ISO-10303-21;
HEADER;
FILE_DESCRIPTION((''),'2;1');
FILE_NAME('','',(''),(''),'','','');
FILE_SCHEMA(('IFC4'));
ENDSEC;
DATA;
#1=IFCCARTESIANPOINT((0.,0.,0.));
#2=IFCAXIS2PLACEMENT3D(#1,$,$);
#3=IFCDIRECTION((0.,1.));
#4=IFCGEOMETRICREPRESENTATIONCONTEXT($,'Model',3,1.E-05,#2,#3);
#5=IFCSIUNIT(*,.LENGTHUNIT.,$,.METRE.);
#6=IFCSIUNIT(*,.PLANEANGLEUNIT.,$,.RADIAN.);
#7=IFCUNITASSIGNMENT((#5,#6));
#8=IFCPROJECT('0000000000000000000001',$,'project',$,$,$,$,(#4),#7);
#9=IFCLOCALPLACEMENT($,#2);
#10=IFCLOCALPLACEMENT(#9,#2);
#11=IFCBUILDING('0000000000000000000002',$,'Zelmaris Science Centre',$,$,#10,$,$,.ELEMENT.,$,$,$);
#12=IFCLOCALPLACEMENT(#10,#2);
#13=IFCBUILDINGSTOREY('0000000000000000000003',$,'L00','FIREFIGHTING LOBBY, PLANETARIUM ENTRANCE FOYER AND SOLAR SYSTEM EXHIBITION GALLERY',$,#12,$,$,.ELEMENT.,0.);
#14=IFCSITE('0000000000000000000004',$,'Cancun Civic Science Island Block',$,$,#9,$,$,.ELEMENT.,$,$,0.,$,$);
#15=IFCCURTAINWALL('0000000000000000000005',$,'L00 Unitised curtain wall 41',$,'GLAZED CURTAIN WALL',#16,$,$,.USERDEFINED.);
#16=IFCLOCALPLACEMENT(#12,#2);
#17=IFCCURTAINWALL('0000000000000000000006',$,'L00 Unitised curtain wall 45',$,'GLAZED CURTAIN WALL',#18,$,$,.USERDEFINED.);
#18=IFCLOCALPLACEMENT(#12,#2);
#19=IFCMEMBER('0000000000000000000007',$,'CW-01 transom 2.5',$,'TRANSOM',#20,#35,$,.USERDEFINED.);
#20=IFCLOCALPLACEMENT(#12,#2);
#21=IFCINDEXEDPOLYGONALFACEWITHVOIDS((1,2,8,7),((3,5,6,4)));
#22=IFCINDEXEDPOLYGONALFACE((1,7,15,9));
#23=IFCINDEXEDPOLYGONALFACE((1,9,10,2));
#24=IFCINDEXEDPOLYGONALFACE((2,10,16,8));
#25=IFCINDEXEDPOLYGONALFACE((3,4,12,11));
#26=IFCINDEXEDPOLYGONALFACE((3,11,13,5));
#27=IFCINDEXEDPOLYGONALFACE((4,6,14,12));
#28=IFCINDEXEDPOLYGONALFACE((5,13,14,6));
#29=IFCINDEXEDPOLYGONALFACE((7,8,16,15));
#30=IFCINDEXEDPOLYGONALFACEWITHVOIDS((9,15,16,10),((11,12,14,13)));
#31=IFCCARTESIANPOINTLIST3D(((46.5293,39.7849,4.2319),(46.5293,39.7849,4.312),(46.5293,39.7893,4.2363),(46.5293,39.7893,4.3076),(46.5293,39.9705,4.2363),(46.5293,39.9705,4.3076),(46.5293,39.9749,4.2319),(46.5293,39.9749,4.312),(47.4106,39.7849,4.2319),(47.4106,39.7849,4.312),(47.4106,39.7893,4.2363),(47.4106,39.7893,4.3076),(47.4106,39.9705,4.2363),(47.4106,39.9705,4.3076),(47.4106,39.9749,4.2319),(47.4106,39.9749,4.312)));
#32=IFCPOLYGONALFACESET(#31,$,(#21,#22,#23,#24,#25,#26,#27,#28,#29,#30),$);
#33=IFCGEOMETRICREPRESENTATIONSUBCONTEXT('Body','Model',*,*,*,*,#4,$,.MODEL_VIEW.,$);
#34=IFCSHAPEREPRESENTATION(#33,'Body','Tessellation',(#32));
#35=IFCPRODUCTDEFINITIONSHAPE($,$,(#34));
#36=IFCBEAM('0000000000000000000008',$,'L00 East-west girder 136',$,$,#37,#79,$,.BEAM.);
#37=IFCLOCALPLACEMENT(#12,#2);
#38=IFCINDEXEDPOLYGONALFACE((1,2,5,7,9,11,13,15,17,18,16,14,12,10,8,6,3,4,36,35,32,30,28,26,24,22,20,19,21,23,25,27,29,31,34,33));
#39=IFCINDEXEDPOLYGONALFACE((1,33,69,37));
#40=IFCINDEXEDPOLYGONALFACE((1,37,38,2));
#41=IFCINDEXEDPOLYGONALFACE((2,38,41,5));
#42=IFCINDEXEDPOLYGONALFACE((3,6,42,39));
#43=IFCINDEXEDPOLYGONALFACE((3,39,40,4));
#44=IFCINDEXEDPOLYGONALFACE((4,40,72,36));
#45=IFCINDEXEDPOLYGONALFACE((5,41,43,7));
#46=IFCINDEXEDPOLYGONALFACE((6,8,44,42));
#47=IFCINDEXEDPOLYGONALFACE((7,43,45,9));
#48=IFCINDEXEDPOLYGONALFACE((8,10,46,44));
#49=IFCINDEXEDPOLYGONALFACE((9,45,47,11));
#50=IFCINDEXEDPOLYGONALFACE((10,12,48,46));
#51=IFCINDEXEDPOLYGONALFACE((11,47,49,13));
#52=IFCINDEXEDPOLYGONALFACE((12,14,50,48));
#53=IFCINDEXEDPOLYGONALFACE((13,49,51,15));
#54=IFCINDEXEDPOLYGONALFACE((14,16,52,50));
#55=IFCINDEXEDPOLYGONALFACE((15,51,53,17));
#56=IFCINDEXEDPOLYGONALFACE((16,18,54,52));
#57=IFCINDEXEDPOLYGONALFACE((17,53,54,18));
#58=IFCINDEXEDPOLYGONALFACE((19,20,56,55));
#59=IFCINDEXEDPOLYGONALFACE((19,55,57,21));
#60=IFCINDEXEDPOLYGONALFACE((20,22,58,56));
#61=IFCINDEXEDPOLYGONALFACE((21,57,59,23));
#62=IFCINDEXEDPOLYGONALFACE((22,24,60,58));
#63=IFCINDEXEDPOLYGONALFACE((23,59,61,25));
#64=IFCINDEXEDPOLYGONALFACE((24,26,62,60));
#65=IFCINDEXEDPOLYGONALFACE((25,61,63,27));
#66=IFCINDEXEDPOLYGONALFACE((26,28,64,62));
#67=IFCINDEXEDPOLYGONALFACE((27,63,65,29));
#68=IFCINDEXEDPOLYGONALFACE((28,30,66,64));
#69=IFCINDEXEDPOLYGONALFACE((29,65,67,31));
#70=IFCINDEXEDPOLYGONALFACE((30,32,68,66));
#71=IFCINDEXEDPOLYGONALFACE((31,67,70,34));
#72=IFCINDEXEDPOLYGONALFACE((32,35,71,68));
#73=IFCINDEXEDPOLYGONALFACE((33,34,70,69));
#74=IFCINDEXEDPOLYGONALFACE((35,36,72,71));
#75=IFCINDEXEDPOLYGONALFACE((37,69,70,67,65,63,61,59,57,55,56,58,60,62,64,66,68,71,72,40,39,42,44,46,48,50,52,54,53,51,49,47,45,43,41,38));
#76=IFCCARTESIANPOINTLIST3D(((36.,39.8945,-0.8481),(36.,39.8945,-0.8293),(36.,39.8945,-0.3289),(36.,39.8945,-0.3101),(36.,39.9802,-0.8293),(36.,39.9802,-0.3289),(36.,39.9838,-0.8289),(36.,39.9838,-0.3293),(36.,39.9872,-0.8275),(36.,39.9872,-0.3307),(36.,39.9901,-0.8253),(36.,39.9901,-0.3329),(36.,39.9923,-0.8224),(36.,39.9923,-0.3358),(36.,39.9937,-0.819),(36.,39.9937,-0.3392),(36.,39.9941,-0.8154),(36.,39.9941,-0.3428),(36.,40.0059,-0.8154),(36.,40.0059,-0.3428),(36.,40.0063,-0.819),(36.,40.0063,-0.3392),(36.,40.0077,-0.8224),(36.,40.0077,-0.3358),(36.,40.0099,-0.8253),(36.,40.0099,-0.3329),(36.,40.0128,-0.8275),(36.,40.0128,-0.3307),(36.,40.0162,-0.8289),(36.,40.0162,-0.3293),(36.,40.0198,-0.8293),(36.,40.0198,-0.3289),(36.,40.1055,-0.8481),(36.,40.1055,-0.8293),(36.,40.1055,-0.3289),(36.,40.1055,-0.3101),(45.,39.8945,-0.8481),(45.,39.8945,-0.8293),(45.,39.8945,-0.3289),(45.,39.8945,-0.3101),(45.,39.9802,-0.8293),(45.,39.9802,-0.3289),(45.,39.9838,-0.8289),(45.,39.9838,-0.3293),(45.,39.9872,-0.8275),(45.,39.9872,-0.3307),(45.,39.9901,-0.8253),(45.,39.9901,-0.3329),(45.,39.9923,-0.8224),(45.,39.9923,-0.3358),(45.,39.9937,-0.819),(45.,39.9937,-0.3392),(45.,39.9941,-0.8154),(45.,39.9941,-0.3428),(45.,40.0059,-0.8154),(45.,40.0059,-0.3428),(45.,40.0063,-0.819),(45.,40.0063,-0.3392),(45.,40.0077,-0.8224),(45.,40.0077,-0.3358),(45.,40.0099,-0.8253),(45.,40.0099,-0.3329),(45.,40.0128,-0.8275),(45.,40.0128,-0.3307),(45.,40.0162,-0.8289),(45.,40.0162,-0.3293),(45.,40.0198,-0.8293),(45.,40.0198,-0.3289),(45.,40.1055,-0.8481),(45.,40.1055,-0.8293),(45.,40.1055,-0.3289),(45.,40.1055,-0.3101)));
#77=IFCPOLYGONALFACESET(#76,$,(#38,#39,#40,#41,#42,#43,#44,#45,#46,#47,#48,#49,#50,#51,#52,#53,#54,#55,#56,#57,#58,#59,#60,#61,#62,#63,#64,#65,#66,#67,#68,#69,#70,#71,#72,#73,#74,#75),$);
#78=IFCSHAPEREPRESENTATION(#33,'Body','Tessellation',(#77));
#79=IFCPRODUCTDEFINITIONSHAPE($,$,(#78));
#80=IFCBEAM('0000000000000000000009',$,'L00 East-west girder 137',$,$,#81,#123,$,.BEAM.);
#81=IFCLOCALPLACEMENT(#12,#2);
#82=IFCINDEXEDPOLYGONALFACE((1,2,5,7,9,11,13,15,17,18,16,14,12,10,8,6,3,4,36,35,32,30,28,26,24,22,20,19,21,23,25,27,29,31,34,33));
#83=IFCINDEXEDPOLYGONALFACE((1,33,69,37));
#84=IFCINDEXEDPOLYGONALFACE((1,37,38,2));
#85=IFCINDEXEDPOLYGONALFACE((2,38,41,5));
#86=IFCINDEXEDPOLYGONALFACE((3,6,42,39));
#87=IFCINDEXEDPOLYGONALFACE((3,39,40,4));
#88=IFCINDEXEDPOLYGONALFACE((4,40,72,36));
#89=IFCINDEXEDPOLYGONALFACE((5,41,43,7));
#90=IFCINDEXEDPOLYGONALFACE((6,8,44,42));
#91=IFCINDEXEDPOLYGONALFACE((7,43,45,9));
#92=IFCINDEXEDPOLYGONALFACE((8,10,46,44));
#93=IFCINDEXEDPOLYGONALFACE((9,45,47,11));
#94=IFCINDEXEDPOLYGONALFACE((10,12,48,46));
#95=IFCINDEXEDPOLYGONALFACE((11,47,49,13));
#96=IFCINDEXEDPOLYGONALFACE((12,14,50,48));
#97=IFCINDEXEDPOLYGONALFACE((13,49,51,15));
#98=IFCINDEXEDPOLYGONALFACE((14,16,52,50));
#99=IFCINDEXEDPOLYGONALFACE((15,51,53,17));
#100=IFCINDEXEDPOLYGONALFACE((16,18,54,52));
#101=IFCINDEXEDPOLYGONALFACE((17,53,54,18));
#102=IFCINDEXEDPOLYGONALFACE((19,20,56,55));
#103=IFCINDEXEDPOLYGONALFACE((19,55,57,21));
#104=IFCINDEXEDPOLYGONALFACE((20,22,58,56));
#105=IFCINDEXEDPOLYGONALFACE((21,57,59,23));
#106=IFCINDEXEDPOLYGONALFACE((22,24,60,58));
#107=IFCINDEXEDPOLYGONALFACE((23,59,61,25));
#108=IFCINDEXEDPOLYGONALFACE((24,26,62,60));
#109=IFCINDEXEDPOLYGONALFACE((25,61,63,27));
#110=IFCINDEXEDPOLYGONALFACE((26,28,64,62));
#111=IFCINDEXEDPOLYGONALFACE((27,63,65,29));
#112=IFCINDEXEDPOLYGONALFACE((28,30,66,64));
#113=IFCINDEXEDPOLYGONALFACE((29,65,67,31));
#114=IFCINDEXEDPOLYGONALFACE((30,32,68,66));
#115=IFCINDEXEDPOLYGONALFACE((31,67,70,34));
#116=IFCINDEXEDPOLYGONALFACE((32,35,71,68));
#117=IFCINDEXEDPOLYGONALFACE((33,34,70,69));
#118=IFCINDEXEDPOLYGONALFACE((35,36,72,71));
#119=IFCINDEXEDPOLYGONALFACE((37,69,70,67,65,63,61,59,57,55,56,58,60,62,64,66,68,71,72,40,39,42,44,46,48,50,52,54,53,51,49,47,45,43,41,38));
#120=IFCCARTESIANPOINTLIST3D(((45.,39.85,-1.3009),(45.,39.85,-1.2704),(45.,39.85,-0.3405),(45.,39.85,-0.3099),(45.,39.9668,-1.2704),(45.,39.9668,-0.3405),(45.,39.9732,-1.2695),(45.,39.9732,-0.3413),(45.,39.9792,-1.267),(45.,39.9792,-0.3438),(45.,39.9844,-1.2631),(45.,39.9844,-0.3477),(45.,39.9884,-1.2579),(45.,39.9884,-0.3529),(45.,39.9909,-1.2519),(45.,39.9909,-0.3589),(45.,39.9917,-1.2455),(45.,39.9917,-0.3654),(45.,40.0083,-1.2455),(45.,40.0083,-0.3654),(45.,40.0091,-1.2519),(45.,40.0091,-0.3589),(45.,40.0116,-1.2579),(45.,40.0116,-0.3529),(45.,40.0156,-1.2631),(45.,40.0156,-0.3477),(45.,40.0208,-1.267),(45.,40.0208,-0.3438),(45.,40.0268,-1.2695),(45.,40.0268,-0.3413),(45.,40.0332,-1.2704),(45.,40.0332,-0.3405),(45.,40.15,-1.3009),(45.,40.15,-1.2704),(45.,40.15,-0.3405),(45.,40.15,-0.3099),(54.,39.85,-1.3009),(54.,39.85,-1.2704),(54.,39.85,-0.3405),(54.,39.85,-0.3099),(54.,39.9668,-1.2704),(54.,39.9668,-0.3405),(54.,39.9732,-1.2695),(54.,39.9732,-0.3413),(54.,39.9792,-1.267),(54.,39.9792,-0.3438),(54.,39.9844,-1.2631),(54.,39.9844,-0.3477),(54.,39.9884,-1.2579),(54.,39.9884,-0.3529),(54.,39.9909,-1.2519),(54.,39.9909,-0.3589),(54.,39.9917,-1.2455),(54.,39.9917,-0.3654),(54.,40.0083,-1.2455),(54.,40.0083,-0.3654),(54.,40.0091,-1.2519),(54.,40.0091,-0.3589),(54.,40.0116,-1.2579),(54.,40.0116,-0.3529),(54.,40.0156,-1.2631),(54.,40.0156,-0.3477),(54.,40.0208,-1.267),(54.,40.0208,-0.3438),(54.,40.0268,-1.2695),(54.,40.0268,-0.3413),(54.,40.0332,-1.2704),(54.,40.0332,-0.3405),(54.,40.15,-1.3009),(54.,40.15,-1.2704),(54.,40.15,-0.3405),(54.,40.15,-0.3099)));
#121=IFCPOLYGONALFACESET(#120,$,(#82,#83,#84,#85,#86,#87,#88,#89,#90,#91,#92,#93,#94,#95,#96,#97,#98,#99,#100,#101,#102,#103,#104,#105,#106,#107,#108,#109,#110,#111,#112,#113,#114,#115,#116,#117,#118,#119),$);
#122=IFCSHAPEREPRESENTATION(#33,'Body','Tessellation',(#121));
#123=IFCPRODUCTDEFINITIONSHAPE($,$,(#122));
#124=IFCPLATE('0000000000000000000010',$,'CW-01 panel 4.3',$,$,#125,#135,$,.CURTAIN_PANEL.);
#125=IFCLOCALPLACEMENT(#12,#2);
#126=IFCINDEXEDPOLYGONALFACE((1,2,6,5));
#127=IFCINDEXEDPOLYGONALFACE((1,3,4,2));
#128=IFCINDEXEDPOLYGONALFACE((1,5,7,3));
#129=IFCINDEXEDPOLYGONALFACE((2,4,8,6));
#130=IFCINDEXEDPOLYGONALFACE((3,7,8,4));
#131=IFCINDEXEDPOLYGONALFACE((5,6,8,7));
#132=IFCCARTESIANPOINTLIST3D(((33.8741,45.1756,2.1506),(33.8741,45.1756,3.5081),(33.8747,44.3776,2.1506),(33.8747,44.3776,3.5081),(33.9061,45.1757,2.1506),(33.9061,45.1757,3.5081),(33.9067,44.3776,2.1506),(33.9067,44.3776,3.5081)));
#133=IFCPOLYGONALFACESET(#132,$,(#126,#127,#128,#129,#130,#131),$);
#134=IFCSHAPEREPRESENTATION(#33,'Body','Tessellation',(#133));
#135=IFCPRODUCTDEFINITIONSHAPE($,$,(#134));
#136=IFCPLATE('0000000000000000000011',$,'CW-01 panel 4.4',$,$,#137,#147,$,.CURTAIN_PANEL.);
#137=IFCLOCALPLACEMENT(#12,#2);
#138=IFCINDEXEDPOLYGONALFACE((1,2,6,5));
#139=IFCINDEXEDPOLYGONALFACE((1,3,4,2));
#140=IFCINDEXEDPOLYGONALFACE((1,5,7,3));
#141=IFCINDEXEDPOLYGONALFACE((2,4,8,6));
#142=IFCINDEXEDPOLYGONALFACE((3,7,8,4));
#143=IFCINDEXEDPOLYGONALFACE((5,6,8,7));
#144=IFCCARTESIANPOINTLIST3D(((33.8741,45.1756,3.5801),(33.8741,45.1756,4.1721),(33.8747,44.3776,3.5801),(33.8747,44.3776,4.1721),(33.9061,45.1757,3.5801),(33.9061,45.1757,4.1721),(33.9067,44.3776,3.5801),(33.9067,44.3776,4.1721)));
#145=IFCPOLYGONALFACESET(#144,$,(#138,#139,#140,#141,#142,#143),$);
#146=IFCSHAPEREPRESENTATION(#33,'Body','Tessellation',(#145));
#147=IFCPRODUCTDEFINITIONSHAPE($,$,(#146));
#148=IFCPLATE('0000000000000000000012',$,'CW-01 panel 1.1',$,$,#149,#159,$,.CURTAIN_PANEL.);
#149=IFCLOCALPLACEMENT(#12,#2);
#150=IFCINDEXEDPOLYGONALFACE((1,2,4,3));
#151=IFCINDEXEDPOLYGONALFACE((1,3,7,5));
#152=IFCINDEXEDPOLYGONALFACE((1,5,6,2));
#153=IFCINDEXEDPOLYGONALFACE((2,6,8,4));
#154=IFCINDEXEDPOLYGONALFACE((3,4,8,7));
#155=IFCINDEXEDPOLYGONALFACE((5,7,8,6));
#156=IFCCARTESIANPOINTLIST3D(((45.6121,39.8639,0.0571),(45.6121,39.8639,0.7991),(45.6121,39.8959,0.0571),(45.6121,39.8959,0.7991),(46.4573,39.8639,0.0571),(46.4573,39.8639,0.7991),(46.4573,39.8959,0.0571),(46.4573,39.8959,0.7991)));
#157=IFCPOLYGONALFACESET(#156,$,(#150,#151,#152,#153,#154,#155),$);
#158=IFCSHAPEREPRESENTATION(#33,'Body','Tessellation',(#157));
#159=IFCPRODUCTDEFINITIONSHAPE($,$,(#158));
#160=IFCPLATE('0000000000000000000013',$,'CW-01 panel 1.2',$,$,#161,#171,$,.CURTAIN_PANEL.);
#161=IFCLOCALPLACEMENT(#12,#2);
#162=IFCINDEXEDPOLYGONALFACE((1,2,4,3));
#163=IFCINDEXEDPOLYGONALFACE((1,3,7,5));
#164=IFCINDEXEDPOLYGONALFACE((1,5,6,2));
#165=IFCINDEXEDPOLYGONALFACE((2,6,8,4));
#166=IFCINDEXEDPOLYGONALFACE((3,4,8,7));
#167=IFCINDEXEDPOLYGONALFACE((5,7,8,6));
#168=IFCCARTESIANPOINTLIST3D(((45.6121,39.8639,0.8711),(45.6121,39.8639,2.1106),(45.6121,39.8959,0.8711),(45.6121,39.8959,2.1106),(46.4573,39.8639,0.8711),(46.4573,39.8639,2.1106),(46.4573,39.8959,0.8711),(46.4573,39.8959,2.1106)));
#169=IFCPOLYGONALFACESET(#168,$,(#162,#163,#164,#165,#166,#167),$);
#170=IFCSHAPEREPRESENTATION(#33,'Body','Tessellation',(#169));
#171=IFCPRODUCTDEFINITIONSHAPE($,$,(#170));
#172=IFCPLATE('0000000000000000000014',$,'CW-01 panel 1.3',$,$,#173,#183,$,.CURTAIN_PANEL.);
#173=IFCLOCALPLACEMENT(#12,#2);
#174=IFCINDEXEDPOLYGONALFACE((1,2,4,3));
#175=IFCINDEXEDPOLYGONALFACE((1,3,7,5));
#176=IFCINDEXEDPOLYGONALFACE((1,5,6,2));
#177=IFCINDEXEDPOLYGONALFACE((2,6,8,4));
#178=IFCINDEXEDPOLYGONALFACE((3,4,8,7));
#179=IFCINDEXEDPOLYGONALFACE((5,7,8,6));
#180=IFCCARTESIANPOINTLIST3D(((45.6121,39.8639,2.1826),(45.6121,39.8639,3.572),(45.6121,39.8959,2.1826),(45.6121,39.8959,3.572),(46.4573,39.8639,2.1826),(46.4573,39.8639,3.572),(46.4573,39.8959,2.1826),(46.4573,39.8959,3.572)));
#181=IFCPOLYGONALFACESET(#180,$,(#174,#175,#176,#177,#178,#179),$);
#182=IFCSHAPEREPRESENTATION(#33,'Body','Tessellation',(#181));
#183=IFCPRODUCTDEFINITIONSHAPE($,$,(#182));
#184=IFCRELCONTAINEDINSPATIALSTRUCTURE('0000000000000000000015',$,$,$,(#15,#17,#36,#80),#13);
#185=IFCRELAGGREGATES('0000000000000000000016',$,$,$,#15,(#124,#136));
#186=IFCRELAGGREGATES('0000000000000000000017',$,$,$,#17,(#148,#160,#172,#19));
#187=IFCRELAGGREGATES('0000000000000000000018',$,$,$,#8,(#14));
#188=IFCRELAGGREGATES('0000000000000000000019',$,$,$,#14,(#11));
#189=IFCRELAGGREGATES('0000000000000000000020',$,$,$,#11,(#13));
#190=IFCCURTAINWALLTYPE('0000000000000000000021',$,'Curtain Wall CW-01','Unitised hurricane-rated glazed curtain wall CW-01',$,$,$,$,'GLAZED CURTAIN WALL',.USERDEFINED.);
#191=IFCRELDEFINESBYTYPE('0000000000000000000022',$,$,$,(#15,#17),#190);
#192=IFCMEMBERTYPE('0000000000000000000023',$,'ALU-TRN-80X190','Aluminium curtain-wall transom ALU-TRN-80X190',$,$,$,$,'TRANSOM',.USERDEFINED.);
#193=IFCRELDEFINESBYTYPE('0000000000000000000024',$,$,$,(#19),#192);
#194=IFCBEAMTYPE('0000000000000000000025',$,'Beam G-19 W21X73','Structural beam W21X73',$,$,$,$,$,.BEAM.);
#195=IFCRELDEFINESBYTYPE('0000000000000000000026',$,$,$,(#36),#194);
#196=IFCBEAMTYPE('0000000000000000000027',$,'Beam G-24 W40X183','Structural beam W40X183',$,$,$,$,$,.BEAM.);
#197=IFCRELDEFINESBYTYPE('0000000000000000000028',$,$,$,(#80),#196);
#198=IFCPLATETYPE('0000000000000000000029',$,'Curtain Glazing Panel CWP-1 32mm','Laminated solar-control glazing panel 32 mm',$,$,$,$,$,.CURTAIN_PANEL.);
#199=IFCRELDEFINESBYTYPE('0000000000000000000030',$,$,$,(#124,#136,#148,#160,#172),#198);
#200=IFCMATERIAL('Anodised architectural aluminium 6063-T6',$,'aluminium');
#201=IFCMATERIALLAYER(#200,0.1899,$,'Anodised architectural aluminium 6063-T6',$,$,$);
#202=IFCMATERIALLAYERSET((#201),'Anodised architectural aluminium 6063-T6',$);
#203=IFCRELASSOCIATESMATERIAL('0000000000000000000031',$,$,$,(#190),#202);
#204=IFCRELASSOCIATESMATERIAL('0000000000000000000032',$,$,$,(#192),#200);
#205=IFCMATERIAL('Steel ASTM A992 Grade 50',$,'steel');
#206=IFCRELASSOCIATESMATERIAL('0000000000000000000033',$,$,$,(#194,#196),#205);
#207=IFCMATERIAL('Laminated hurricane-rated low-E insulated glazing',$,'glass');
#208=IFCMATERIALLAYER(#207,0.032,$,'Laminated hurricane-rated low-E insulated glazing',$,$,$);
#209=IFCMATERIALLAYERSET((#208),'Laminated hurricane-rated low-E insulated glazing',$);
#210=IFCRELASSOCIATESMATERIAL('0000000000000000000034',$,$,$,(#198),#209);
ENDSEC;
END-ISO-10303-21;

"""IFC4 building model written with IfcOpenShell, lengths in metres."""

from ifc_helpers import new_model, si_unit, direction, frame, origin, origin_2d, place, context, subcontext, project, spatial, rectangle, hollow_rectangle, i_section, extrude, material, layer, layer_set, material_profile, profile_set, type_object, element, aggregate, save


model = new_model("IFC4")

# Units and contexts
model_context = context("Model", 3, precision=1e-05, world=origin(), true_north=direction((0.0, 1.0)))
body_context = subcontext(model_context, "Body", "Model", "MODEL_VIEW")
ifc_project = project(units=[si_unit("LENGTHUNIT", "METRE"), si_unit("PLANEANGLEUNIT", "RADIAN")], contexts=[model_context])

# Site, building, storey
site_placement = place(None, origin())
site = spatial("IfcSite", under=ifc_project, at=site_placement, Name="Cancun Civic Science Island Block", CompositionType="ELEMENT", RefElevation=0.0)
building_placement = place(site_placement, origin())
building = spatial("IfcBuilding", under=site, at=building_placement, Name="Zelmaris Science Centre", CompositionType="ELEMENT")
storey_placement = place(building_placement, origin())
storey = spatial("IfcBuildingStorey", under=building, at=storey_placement, Name="L00", Description="FIREFIGHTING LOBBY, PLANETARIUM ENTRANCE FOYER AND SOLAR SYSTEM EXHIBITION GALLERY", CompositionType="ELEMENT", Elevation=0.0)

# Shared definitions
ifc_material_1 = material(Name="Steel ASTM A992 Grade 50", Category="steel")

# Curtain wall
ifc_material_2 = material(Name="Anodised architectural aluminium 6063-T6", Category="aluminium")
ifc_layer_1 = layer(ifc_material_2, 0.1899, Name="Anodised architectural aluminium 6063-T6")
ifc_layer_set_1 = layer_set([ifc_layer_1], Name="Anodised architectural aluminium 6063-T6")
curtain_wall_type_1 = type_object("IfcCurtainWallType", Name="Curtain Wall CW-01", Description="Unitised hurricane-rated glazed curtain wall CW-01", ElementType="GLAZED CURTAIN WALL", PredefinedType="USERDEFINED", material=ifc_layer_set_1)
curtain_wall_1_placement = place(storey_placement, origin())
curtain_wall_1 = element("IfcCurtainWall", 1, at=curtain_wall_1_placement, inside=storey, type_object=curtain_wall_type_1, Name="L00 Unitised curtain wall 41", ObjectType="GLAZED CURTAIN WALL", PredefinedType="USERDEFINED")

# Curtain wall
curtain_wall_2_placement = place(storey_placement, origin())
curtain_wall_2 = element("IfcCurtainWall", 2, at=curtain_wall_2_placement, inside=storey, type_object=curtain_wall_type_1, Name="L00 Unitised curtain wall 45", ObjectType="GLAZED CURTAIN WALL", PredefinedType="USERDEFINED")

# Member
ifc_material_profile_1 = material_profile(ifc_material_2, hollow_rectangle(XDim=0.0801, YDim=0.1899, WallThickness=0.0044, at=origin_2d()), Name="ALU-TRN-80X190")
ifc_profile_set_1 = profile_set([ifc_material_profile_1], Name="Anodised architectural aluminium 6063-T6")
member_type_1 = type_object("IfcMemberType", Name="ALU-TRN-80X190", Description="Aluminium curtain-wall transom ALU-TRN-80X190", ElementType="TRANSOM", PredefinedType="USERDEFINED", material=ifc_profile_set_1)
member_1_placement = place(storey_placement, frame((46.5293, 39.8799, 4.272), z_axis=(1.0, 0.0, 0.0), x_axis=(0.0, 0.0, 1.0)))
member_1 = element("IfcMember", 3, at=member_1_placement, type_object=member_type_1, Name="CW-01 transom 2.5", ObjectType="TRANSOM", PredefinedType="USERDEFINED", context=body_context, shape_type="SweptSolid", body=[
    extrude(hollow_rectangle(XDim=0.0801, YDim=0.1899, WallThickness=0.0044, at=origin_2d()), origin(), (0.0, 0.0, 1.0), 0.8813),
])

# Beams
ifc_material_profile_2 = material_profile(ifc_material_1, i_section(OverallWidth=0.2109, OverallDepth=0.5381, WebThickness=0.0117, FlangeThickness=0.0188, FilletRadius=0.0139, at=origin_2d()), Name="W21X73")
ifc_profile_set_2 = profile_set([ifc_material_profile_2], Name="Steel ASTM A992 Grade 50")
beam_type_1 = type_object("IfcBeamType", Name="Beam G-19 W21X73", Description="Structural beam W21X73", PredefinedType="BEAM", material=ifc_profile_set_2)
beam_1_placement = place(storey_placement, frame((36.0, 40.0, -0.5791), z_axis=(1.0, 0.0, 0.0), x_axis=(0.0, 1.0, 0.0)))
element("IfcBeam", 4, at=beam_1_placement, inside=storey, type_object=beam_type_1, Name="L00 East-west girder 136", PredefinedType="BEAM", context=body_context, shape_type="SweptSolid", body=[
    extrude(i_section(OverallWidth=0.2109, OverallDepth=0.5381, WebThickness=0.0117, FlangeThickness=0.0188, FilletRadius=0.0139, at=origin_2d()), origin(), (0.0, 0.0, 1.0), 9.0),
])
ifc_material_profile_3 = material_profile(ifc_material_1, i_section(OverallWidth=0.3, OverallDepth=0.991, WebThickness=0.0166, FlangeThickness=0.0305, FilletRadius=0.0249, at=origin_2d()), Name="W40X183")
ifc_profile_set_3 = profile_set([ifc_material_profile_3], Name="Steel ASTM A992 Grade 50")
beam_type_2 = type_object("IfcBeamType", Name="Beam G-24 W40X183", Description="Structural beam W40X183", PredefinedType="BEAM", material=ifc_profile_set_3)
beam_2_placement = place(storey_placement, frame((45.0, 40.0, -0.8054), z_axis=(1.0, 0.0, 0.0), x_axis=(0.0, 1.0, 0.0)))
element("IfcBeam", 5, at=beam_2_placement, inside=storey, type_object=beam_type_2, Name="L00 East-west girder 137", PredefinedType="BEAM", context=body_context, shape_type="SweptSolid", body=[
    extrude(i_section(OverallWidth=0.3, OverallDepth=0.991, WebThickness=0.0166, FlangeThickness=0.0305, FilletRadius=0.0249, at=origin_2d()), origin(), (0.0, 0.0, 1.0), 9.0),
])

# Plates
ifc_material_3 = material(Name="Laminated hurricane-rated low-E insulated glazing", Category="glass")
ifc_layer_2 = layer(ifc_material_3, 0.032, Name="Laminated hurricane-rated low-E insulated glazing")
ifc_layer_set_2 = layer_set([ifc_layer_2], Name="Laminated hurricane-rated low-E insulated glazing")
plate_type_1 = type_object("IfcPlateType", Name="Curtain Glazing Panel CWP-1 32mm", Description="Laminated solar-control glazing panel 32 mm", PredefinedType="CURTAIN_PANEL", material=ifc_layer_set_2)
plate_1_placement = place(storey_placement, frame((33.8904, 44.7766, 2.1506), z_axis=(0.0, 0.0, 1.0), x_axis=(0.000717, -1.0, 0.0)))
plate_1 = element("IfcPlate", 6, at=plate_1_placement, type_object=plate_type_1, Name="CW-01 panel 4.3", PredefinedType="CURTAIN_PANEL", context=body_context, shape_type="SweptSolid", body=[
    extrude(rectangle(XDim=0.7981, YDim=0.032, at=origin_2d()), origin(), (0.0, 0.0, 1.0), 1.3574),
])
plate_2_placement = place(storey_placement, frame((33.8904, 44.7766, 3.5801), z_axis=(0.0, 0.0, 1.0), x_axis=(0.000717, -1.0, 0.0)))
plate_2 = element("IfcPlate", 7, at=plate_2_placement, type_object=plate_type_1, Name="CW-01 panel 4.4", PredefinedType="CURTAIN_PANEL", context=body_context, shape_type="SweptSolid", body=[
    extrude(rectangle(XDim=0.7981, YDim=0.032, at=origin_2d()), origin(), (0.0, 0.0, 1.0), 0.592),
])
aggregate(curtain_wall_1, [plate_1, plate_2])
plate_3_placement = place(storey_placement, frame((46.0347, 39.8799, 0.0571), z_axis=(0.0, 0.0, 1.0), x_axis=(1.0, -0.000017, 0.0)))
plate_3 = element("IfcPlate", 8, at=plate_3_placement, type_object=plate_type_1, Name="CW-01 panel 1.1", PredefinedType="CURTAIN_PANEL", context=body_context, shape_type="SweptSolid", body=[
    extrude(rectangle(XDim=0.8452, YDim=0.032, at=origin_2d()), origin(), (0.0, 0.0, 1.0), 0.7419),
])
plate_4_placement = place(storey_placement, frame((46.0347, 39.8799, 0.8711), z_axis=(0.0, 0.0, 1.0), x_axis=(1.0, -0.000017, 0.0)))
plate_4 = element("IfcPlate", 9, at=plate_4_placement, type_object=plate_type_1, Name="CW-01 panel 1.2", PredefinedType="CURTAIN_PANEL", context=body_context, shape_type="SweptSolid", body=[
    extrude(rectangle(XDim=0.8452, YDim=0.032, at=origin_2d()), origin(), (0.0, 0.0, 1.0), 1.2395),
])
plate_5_placement = place(storey_placement, frame((46.0347, 39.8799, 2.1826), z_axis=(0.0, 0.0, 1.0), x_axis=(1.0, -0.000017, 0.0)))
plate_5 = element("IfcPlate", 10, at=plate_5_placement, type_object=plate_type_1, Name="CW-01 panel 1.3", PredefinedType="CURTAIN_PANEL", context=body_context, shape_type="SweptSolid", body=[
    extrude(rectangle(XDim=0.8452, YDim=0.032, at=origin_2d()), origin(), (0.0, 0.0, 1.0), 1.3894),
])
aggregate(curtain_wall_2, [plate_3, plate_4, plate_5, member_1])

save(model, "model.ifc")
